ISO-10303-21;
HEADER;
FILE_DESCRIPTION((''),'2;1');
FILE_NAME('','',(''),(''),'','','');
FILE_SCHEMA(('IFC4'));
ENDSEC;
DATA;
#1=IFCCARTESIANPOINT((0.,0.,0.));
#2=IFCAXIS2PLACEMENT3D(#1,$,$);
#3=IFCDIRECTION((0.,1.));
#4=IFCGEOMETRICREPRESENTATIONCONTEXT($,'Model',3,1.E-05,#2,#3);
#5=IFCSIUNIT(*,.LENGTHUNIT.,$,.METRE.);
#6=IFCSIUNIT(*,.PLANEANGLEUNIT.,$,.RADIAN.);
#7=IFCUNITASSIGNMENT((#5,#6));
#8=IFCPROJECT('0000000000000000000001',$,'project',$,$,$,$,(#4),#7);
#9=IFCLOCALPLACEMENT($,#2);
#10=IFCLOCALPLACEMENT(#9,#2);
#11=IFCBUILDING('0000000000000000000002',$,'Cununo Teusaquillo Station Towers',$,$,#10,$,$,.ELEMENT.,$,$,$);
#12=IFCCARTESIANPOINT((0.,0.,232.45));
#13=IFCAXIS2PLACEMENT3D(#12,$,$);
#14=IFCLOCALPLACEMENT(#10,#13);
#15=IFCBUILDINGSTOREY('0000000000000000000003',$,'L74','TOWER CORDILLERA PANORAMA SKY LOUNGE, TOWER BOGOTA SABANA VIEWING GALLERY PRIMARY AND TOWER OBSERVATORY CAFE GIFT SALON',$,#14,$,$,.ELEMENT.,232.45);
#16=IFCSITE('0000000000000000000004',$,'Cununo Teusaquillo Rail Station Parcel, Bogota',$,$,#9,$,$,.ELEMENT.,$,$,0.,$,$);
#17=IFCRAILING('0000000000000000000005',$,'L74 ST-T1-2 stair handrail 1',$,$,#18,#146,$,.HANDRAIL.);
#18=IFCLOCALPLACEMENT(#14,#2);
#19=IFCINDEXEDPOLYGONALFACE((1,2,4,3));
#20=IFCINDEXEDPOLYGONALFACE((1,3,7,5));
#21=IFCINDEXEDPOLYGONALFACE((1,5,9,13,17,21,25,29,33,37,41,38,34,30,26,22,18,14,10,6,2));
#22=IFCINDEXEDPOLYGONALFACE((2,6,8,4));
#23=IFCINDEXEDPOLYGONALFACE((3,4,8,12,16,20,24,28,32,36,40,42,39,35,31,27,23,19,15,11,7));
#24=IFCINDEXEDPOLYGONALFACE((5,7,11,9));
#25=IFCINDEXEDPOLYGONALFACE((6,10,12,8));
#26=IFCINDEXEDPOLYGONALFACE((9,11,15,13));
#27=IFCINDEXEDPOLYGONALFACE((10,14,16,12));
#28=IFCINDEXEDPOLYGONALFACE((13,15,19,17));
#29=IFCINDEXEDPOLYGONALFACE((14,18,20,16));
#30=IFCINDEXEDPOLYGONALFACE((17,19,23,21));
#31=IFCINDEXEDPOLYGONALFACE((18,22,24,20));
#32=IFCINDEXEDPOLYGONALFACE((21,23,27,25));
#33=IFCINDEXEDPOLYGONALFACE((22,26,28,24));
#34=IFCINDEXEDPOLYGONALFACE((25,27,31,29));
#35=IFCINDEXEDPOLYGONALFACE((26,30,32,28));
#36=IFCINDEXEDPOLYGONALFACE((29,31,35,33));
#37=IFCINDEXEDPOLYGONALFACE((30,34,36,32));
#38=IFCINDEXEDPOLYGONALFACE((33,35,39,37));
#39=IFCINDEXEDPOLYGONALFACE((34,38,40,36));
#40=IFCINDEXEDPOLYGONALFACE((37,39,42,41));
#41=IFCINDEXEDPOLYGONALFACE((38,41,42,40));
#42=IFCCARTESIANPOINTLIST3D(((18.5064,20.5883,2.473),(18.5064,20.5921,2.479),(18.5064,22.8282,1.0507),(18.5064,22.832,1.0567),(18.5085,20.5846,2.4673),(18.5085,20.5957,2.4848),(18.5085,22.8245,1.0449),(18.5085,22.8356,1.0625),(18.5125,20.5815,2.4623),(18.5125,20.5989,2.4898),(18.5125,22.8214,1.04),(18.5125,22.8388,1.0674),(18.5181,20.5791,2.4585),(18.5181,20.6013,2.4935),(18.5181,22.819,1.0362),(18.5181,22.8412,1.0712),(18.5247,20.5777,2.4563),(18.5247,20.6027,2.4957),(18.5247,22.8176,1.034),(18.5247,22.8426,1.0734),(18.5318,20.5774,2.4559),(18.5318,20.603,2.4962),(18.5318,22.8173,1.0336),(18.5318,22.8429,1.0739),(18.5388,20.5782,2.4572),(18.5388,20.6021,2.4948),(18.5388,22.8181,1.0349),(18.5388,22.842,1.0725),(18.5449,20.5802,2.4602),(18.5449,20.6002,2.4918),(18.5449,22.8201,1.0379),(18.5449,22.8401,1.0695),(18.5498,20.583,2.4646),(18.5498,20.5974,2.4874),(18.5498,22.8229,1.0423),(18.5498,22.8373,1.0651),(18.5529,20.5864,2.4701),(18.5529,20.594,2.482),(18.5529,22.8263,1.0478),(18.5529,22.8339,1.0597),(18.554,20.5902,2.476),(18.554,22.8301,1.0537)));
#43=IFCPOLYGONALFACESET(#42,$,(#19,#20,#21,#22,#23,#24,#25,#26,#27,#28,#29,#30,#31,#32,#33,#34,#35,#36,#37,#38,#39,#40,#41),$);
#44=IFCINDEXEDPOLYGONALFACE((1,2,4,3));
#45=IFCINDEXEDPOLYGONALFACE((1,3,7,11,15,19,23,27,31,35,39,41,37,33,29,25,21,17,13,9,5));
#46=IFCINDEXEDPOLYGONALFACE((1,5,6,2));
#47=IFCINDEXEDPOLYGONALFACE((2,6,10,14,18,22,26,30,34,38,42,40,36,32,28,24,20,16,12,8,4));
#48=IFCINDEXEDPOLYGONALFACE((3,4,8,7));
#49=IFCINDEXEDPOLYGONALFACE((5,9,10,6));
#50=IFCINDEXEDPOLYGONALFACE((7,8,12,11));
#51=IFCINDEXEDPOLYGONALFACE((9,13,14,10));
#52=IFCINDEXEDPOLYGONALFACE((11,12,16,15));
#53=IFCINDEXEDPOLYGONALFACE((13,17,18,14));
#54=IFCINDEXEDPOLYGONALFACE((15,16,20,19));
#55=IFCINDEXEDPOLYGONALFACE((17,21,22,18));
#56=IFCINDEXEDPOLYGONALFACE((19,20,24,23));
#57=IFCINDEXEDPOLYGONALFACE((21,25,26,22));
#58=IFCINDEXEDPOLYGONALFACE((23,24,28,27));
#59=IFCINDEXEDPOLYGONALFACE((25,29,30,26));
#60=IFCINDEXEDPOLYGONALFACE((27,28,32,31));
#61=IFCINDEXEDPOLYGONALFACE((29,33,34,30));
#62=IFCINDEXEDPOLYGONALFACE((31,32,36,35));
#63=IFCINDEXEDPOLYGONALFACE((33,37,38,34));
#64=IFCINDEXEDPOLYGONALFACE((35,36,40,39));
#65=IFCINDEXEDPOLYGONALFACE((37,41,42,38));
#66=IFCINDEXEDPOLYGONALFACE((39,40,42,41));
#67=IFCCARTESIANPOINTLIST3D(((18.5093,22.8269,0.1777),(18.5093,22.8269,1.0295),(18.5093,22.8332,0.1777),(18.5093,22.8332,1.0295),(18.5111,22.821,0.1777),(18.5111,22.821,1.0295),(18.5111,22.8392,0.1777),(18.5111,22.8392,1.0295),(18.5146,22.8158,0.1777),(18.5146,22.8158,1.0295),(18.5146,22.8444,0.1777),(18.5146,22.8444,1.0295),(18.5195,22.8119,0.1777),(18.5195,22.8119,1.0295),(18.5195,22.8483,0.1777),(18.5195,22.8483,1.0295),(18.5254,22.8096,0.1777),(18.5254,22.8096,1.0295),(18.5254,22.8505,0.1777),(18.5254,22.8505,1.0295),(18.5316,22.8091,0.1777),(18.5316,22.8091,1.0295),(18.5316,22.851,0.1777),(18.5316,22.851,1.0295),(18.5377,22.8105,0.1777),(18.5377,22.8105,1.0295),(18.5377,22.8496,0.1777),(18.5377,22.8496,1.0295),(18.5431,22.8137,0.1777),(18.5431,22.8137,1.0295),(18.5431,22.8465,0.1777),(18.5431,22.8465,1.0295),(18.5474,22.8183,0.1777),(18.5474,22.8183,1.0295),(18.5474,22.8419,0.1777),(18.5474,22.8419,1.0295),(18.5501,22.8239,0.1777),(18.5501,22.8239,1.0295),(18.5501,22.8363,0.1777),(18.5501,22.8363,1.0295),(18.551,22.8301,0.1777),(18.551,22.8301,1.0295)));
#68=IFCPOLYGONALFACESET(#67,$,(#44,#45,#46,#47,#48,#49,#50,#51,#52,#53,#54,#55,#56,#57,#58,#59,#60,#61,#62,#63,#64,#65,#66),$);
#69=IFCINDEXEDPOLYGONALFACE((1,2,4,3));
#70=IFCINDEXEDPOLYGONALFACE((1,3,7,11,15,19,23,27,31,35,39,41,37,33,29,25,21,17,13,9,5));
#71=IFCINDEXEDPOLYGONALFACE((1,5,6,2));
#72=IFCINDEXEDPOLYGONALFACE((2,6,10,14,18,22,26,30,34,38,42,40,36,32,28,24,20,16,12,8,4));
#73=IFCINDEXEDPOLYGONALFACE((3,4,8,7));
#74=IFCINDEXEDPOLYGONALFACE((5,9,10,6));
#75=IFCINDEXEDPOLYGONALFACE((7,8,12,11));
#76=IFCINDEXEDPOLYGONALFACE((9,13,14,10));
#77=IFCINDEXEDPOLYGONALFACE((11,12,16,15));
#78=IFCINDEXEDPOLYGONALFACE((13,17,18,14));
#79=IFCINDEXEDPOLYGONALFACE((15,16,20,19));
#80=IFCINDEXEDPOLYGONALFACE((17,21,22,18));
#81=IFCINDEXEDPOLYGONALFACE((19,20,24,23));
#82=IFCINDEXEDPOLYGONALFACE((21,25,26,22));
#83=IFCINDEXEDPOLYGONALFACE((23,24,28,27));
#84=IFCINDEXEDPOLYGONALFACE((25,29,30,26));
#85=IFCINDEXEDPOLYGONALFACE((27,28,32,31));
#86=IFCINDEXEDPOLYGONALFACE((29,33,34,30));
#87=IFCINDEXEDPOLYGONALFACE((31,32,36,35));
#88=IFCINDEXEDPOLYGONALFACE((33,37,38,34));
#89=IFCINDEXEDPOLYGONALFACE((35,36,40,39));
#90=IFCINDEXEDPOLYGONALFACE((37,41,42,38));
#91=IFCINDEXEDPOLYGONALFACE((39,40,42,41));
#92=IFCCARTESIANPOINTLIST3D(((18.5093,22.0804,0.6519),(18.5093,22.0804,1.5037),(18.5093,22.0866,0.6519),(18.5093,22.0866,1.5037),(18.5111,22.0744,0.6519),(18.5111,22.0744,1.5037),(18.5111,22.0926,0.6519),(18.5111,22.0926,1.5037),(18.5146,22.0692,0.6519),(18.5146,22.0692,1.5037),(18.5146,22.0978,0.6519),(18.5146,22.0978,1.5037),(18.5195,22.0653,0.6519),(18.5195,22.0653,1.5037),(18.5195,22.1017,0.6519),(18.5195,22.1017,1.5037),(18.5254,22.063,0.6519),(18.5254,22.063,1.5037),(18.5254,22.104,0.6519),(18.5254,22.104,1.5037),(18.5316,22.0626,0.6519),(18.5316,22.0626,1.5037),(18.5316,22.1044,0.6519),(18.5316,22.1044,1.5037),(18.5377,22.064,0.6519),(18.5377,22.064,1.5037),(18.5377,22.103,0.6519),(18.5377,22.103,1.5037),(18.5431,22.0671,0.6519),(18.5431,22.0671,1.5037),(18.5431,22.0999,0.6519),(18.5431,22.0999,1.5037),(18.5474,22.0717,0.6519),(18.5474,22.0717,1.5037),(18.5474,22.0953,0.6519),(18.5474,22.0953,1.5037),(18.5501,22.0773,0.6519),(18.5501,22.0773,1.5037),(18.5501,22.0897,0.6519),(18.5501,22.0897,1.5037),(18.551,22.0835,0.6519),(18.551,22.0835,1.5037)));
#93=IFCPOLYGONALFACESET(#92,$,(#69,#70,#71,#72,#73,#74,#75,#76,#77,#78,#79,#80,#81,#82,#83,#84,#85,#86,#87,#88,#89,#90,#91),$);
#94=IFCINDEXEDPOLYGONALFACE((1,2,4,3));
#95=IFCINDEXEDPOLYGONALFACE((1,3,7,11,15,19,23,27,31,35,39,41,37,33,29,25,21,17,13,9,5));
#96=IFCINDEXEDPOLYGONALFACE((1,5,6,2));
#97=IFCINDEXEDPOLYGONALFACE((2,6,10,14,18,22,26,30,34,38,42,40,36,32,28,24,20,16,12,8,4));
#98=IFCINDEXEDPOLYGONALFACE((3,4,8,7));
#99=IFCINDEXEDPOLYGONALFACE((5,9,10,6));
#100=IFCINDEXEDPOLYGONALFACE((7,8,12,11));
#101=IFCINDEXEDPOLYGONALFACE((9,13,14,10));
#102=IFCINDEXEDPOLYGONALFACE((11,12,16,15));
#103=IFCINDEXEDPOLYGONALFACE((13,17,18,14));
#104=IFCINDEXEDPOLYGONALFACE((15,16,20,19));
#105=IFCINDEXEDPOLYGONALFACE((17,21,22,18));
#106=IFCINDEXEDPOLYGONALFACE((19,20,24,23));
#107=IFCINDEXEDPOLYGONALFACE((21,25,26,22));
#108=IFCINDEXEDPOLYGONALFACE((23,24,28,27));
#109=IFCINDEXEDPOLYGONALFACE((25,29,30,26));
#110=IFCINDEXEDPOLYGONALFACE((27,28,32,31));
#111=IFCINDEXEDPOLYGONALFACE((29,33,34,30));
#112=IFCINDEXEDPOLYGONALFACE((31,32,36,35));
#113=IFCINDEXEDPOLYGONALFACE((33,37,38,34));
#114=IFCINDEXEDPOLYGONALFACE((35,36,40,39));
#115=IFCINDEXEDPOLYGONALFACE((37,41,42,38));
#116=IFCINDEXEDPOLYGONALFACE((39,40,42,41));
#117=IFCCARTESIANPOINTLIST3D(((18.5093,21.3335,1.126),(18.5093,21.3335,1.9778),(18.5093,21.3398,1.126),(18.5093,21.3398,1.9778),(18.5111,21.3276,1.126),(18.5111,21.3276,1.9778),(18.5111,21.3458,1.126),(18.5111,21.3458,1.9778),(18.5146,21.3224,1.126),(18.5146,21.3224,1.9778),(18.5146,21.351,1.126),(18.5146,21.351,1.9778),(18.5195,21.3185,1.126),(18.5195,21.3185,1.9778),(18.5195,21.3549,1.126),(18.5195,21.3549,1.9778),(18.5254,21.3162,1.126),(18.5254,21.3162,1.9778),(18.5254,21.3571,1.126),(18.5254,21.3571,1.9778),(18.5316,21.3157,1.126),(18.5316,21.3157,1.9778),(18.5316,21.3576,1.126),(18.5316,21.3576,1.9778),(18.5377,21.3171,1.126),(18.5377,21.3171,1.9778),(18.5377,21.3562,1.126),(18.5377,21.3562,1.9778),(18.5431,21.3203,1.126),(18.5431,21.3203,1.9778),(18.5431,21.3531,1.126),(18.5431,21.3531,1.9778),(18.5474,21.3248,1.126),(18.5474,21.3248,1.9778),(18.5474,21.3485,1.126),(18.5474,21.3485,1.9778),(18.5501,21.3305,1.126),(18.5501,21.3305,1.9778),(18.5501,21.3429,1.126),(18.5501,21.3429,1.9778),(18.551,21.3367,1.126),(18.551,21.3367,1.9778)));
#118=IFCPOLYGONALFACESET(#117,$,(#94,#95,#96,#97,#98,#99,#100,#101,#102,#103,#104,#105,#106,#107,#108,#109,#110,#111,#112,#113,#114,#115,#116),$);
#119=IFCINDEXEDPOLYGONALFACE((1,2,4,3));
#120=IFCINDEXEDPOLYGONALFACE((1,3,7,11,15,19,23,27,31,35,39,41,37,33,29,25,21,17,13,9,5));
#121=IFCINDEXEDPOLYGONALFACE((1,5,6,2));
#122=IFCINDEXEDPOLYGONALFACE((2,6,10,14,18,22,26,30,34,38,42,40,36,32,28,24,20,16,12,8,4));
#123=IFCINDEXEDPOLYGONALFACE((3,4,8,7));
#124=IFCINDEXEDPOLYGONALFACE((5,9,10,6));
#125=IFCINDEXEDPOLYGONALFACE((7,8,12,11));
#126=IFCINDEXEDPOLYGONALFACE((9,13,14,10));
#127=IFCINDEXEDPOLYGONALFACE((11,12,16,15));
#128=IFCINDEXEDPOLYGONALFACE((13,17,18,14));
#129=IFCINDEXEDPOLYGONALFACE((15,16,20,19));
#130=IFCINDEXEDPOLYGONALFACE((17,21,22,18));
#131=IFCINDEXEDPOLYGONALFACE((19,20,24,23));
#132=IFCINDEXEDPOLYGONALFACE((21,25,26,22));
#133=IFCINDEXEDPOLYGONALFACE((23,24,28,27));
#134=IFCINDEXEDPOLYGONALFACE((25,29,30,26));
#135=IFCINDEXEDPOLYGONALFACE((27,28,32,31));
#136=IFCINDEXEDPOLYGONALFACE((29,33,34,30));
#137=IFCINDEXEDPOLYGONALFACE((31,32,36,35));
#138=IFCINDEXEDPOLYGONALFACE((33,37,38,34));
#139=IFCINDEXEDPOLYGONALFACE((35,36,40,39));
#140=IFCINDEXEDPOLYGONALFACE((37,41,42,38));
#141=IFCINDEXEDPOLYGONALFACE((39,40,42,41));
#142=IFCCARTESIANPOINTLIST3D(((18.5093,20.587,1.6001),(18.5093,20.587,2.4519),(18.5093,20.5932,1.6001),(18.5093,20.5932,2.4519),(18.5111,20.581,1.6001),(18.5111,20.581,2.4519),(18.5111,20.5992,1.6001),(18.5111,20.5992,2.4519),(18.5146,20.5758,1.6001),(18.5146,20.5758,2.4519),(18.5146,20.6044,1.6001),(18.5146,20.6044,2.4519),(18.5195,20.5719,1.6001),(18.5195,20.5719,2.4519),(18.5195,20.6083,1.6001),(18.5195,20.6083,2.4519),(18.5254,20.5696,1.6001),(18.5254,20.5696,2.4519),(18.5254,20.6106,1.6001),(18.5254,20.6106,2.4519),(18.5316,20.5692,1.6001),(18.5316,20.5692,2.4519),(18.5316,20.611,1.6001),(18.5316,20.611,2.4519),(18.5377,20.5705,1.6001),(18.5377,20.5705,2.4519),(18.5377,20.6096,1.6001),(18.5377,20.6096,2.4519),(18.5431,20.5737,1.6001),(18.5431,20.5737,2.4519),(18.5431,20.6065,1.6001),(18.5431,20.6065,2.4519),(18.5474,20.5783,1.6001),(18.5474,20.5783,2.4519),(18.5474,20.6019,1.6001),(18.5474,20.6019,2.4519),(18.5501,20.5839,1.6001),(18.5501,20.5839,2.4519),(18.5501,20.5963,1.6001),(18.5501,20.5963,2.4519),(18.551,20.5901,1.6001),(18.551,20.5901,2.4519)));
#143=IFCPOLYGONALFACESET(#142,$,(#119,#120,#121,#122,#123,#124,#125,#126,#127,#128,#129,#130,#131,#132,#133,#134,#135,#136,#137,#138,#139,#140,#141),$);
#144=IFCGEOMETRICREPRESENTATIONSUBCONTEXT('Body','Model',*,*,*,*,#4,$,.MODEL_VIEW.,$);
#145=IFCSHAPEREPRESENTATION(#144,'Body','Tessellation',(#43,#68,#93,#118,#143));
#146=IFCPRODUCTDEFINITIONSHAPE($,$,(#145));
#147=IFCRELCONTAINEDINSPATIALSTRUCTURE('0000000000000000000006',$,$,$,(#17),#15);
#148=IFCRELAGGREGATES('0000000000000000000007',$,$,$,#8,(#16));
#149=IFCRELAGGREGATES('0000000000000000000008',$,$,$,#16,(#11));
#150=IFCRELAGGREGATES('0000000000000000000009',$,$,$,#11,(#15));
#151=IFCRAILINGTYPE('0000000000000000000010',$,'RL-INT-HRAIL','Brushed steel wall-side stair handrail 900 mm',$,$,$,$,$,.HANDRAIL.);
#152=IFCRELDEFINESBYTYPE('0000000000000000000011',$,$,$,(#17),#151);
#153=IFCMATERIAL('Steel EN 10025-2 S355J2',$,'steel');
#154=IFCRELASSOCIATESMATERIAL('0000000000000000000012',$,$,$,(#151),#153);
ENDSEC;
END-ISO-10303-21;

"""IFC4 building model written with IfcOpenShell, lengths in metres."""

from ifc_helpers import new_model, si_unit, direction, frame, origin, origin_2d, place, context, subcontext, project, spatial, circle, extrude, material, type_object, element, save


model = new_model("IFC4")

# Units and contexts
model_context = context("Model", 3, precision=1e-05, world=origin(), true_north=direction((0.0, 1.0)))
body_context = subcontext(model_context, "Body", "Model", "MODEL_VIEW")
ifc_project = project(units=[si_unit("LENGTHUNIT", "METRE"), si_unit("PLANEANGLEUNIT", "RADIAN")], contexts=[model_context])

# Site, building, storey
site_placement = place(None, origin())
site = spatial("IfcSite", under=ifc_project, at=site_placement, Name="Cununo Teusaquillo Rail Station Parcel, Bogota", CompositionType="ELEMENT", RefElevation=0.0)
building_placement = place(site_placement, origin())
building = spatial("IfcBuilding", under=site, at=building_placement, Name="Cununo Teusaquillo Station Towers", CompositionType="ELEMENT")
storey_placement = place(building_placement, frame((0.0, 0.0, 232.45)))
storey = spatial("IfcBuildingStorey", under=building, at=storey_placement, Name="L74", Description="TOWER CORDILLERA PANORAMA SKY LOUNGE, TOWER BOGOTA SABANA VIEWING GALLERY PRIMARY AND TOWER OBSERVATORY CAFE GIFT SALON", CompositionType="ELEMENT", Elevation=232.45)

# Railing
ifc_material_1 = material(Name="Steel EN 10025-2 S355J2", Category="steel")
railing_type_1 = type_object("IfcRailingType", Name="RL-INT-HRAIL", Description="Brushed steel wall-side stair handrail 900 mm", PredefinedType="HANDRAIL", material=ifc_material_1)
railing_1_placement = place(storey_placement, frame((18.53, 22.8301, 0.1777)))
element("IfcRailing", 1, at=railing_1_placement, inside=storey, type_object=railing_type_1, Name="L74 ST-T1-2 stair handrail 1", PredefinedType="HANDRAIL", context=body_context, shape_type="SweptSolid", body=[
    extrude(circle(Radius=0.0239, at=origin_2d()), frame((0.0, 0.0, 0.876), z_axis=(0.0, -0.844188, 0.536048), x_axis=(1.0, 0.0, 0.0)), (0.0, 0.0, 1.0), 2.6533),
    extrude(circle(Radius=0.021, at=origin_2d()), origin(), (0.0, 0.0, 1.0), 0.8518),
    extrude(circle(Radius=0.021, at=origin_2d()), frame((0.0, -0.7466, 0.4741)), (0.0, 0.0, 1.0), 0.8518),
    extrude(circle(Radius=0.021, at=origin_2d()), frame((0.0, -1.4934, 0.9482)), (0.0, 0.0, 1.0), 0.8518),
    extrude(circle(Radius=0.021, at=origin_2d()), frame((0.0, -2.24, 1.4224)), (0.0, 0.0, 1.0), 0.8518),
])

save(model, "model.ifc")
